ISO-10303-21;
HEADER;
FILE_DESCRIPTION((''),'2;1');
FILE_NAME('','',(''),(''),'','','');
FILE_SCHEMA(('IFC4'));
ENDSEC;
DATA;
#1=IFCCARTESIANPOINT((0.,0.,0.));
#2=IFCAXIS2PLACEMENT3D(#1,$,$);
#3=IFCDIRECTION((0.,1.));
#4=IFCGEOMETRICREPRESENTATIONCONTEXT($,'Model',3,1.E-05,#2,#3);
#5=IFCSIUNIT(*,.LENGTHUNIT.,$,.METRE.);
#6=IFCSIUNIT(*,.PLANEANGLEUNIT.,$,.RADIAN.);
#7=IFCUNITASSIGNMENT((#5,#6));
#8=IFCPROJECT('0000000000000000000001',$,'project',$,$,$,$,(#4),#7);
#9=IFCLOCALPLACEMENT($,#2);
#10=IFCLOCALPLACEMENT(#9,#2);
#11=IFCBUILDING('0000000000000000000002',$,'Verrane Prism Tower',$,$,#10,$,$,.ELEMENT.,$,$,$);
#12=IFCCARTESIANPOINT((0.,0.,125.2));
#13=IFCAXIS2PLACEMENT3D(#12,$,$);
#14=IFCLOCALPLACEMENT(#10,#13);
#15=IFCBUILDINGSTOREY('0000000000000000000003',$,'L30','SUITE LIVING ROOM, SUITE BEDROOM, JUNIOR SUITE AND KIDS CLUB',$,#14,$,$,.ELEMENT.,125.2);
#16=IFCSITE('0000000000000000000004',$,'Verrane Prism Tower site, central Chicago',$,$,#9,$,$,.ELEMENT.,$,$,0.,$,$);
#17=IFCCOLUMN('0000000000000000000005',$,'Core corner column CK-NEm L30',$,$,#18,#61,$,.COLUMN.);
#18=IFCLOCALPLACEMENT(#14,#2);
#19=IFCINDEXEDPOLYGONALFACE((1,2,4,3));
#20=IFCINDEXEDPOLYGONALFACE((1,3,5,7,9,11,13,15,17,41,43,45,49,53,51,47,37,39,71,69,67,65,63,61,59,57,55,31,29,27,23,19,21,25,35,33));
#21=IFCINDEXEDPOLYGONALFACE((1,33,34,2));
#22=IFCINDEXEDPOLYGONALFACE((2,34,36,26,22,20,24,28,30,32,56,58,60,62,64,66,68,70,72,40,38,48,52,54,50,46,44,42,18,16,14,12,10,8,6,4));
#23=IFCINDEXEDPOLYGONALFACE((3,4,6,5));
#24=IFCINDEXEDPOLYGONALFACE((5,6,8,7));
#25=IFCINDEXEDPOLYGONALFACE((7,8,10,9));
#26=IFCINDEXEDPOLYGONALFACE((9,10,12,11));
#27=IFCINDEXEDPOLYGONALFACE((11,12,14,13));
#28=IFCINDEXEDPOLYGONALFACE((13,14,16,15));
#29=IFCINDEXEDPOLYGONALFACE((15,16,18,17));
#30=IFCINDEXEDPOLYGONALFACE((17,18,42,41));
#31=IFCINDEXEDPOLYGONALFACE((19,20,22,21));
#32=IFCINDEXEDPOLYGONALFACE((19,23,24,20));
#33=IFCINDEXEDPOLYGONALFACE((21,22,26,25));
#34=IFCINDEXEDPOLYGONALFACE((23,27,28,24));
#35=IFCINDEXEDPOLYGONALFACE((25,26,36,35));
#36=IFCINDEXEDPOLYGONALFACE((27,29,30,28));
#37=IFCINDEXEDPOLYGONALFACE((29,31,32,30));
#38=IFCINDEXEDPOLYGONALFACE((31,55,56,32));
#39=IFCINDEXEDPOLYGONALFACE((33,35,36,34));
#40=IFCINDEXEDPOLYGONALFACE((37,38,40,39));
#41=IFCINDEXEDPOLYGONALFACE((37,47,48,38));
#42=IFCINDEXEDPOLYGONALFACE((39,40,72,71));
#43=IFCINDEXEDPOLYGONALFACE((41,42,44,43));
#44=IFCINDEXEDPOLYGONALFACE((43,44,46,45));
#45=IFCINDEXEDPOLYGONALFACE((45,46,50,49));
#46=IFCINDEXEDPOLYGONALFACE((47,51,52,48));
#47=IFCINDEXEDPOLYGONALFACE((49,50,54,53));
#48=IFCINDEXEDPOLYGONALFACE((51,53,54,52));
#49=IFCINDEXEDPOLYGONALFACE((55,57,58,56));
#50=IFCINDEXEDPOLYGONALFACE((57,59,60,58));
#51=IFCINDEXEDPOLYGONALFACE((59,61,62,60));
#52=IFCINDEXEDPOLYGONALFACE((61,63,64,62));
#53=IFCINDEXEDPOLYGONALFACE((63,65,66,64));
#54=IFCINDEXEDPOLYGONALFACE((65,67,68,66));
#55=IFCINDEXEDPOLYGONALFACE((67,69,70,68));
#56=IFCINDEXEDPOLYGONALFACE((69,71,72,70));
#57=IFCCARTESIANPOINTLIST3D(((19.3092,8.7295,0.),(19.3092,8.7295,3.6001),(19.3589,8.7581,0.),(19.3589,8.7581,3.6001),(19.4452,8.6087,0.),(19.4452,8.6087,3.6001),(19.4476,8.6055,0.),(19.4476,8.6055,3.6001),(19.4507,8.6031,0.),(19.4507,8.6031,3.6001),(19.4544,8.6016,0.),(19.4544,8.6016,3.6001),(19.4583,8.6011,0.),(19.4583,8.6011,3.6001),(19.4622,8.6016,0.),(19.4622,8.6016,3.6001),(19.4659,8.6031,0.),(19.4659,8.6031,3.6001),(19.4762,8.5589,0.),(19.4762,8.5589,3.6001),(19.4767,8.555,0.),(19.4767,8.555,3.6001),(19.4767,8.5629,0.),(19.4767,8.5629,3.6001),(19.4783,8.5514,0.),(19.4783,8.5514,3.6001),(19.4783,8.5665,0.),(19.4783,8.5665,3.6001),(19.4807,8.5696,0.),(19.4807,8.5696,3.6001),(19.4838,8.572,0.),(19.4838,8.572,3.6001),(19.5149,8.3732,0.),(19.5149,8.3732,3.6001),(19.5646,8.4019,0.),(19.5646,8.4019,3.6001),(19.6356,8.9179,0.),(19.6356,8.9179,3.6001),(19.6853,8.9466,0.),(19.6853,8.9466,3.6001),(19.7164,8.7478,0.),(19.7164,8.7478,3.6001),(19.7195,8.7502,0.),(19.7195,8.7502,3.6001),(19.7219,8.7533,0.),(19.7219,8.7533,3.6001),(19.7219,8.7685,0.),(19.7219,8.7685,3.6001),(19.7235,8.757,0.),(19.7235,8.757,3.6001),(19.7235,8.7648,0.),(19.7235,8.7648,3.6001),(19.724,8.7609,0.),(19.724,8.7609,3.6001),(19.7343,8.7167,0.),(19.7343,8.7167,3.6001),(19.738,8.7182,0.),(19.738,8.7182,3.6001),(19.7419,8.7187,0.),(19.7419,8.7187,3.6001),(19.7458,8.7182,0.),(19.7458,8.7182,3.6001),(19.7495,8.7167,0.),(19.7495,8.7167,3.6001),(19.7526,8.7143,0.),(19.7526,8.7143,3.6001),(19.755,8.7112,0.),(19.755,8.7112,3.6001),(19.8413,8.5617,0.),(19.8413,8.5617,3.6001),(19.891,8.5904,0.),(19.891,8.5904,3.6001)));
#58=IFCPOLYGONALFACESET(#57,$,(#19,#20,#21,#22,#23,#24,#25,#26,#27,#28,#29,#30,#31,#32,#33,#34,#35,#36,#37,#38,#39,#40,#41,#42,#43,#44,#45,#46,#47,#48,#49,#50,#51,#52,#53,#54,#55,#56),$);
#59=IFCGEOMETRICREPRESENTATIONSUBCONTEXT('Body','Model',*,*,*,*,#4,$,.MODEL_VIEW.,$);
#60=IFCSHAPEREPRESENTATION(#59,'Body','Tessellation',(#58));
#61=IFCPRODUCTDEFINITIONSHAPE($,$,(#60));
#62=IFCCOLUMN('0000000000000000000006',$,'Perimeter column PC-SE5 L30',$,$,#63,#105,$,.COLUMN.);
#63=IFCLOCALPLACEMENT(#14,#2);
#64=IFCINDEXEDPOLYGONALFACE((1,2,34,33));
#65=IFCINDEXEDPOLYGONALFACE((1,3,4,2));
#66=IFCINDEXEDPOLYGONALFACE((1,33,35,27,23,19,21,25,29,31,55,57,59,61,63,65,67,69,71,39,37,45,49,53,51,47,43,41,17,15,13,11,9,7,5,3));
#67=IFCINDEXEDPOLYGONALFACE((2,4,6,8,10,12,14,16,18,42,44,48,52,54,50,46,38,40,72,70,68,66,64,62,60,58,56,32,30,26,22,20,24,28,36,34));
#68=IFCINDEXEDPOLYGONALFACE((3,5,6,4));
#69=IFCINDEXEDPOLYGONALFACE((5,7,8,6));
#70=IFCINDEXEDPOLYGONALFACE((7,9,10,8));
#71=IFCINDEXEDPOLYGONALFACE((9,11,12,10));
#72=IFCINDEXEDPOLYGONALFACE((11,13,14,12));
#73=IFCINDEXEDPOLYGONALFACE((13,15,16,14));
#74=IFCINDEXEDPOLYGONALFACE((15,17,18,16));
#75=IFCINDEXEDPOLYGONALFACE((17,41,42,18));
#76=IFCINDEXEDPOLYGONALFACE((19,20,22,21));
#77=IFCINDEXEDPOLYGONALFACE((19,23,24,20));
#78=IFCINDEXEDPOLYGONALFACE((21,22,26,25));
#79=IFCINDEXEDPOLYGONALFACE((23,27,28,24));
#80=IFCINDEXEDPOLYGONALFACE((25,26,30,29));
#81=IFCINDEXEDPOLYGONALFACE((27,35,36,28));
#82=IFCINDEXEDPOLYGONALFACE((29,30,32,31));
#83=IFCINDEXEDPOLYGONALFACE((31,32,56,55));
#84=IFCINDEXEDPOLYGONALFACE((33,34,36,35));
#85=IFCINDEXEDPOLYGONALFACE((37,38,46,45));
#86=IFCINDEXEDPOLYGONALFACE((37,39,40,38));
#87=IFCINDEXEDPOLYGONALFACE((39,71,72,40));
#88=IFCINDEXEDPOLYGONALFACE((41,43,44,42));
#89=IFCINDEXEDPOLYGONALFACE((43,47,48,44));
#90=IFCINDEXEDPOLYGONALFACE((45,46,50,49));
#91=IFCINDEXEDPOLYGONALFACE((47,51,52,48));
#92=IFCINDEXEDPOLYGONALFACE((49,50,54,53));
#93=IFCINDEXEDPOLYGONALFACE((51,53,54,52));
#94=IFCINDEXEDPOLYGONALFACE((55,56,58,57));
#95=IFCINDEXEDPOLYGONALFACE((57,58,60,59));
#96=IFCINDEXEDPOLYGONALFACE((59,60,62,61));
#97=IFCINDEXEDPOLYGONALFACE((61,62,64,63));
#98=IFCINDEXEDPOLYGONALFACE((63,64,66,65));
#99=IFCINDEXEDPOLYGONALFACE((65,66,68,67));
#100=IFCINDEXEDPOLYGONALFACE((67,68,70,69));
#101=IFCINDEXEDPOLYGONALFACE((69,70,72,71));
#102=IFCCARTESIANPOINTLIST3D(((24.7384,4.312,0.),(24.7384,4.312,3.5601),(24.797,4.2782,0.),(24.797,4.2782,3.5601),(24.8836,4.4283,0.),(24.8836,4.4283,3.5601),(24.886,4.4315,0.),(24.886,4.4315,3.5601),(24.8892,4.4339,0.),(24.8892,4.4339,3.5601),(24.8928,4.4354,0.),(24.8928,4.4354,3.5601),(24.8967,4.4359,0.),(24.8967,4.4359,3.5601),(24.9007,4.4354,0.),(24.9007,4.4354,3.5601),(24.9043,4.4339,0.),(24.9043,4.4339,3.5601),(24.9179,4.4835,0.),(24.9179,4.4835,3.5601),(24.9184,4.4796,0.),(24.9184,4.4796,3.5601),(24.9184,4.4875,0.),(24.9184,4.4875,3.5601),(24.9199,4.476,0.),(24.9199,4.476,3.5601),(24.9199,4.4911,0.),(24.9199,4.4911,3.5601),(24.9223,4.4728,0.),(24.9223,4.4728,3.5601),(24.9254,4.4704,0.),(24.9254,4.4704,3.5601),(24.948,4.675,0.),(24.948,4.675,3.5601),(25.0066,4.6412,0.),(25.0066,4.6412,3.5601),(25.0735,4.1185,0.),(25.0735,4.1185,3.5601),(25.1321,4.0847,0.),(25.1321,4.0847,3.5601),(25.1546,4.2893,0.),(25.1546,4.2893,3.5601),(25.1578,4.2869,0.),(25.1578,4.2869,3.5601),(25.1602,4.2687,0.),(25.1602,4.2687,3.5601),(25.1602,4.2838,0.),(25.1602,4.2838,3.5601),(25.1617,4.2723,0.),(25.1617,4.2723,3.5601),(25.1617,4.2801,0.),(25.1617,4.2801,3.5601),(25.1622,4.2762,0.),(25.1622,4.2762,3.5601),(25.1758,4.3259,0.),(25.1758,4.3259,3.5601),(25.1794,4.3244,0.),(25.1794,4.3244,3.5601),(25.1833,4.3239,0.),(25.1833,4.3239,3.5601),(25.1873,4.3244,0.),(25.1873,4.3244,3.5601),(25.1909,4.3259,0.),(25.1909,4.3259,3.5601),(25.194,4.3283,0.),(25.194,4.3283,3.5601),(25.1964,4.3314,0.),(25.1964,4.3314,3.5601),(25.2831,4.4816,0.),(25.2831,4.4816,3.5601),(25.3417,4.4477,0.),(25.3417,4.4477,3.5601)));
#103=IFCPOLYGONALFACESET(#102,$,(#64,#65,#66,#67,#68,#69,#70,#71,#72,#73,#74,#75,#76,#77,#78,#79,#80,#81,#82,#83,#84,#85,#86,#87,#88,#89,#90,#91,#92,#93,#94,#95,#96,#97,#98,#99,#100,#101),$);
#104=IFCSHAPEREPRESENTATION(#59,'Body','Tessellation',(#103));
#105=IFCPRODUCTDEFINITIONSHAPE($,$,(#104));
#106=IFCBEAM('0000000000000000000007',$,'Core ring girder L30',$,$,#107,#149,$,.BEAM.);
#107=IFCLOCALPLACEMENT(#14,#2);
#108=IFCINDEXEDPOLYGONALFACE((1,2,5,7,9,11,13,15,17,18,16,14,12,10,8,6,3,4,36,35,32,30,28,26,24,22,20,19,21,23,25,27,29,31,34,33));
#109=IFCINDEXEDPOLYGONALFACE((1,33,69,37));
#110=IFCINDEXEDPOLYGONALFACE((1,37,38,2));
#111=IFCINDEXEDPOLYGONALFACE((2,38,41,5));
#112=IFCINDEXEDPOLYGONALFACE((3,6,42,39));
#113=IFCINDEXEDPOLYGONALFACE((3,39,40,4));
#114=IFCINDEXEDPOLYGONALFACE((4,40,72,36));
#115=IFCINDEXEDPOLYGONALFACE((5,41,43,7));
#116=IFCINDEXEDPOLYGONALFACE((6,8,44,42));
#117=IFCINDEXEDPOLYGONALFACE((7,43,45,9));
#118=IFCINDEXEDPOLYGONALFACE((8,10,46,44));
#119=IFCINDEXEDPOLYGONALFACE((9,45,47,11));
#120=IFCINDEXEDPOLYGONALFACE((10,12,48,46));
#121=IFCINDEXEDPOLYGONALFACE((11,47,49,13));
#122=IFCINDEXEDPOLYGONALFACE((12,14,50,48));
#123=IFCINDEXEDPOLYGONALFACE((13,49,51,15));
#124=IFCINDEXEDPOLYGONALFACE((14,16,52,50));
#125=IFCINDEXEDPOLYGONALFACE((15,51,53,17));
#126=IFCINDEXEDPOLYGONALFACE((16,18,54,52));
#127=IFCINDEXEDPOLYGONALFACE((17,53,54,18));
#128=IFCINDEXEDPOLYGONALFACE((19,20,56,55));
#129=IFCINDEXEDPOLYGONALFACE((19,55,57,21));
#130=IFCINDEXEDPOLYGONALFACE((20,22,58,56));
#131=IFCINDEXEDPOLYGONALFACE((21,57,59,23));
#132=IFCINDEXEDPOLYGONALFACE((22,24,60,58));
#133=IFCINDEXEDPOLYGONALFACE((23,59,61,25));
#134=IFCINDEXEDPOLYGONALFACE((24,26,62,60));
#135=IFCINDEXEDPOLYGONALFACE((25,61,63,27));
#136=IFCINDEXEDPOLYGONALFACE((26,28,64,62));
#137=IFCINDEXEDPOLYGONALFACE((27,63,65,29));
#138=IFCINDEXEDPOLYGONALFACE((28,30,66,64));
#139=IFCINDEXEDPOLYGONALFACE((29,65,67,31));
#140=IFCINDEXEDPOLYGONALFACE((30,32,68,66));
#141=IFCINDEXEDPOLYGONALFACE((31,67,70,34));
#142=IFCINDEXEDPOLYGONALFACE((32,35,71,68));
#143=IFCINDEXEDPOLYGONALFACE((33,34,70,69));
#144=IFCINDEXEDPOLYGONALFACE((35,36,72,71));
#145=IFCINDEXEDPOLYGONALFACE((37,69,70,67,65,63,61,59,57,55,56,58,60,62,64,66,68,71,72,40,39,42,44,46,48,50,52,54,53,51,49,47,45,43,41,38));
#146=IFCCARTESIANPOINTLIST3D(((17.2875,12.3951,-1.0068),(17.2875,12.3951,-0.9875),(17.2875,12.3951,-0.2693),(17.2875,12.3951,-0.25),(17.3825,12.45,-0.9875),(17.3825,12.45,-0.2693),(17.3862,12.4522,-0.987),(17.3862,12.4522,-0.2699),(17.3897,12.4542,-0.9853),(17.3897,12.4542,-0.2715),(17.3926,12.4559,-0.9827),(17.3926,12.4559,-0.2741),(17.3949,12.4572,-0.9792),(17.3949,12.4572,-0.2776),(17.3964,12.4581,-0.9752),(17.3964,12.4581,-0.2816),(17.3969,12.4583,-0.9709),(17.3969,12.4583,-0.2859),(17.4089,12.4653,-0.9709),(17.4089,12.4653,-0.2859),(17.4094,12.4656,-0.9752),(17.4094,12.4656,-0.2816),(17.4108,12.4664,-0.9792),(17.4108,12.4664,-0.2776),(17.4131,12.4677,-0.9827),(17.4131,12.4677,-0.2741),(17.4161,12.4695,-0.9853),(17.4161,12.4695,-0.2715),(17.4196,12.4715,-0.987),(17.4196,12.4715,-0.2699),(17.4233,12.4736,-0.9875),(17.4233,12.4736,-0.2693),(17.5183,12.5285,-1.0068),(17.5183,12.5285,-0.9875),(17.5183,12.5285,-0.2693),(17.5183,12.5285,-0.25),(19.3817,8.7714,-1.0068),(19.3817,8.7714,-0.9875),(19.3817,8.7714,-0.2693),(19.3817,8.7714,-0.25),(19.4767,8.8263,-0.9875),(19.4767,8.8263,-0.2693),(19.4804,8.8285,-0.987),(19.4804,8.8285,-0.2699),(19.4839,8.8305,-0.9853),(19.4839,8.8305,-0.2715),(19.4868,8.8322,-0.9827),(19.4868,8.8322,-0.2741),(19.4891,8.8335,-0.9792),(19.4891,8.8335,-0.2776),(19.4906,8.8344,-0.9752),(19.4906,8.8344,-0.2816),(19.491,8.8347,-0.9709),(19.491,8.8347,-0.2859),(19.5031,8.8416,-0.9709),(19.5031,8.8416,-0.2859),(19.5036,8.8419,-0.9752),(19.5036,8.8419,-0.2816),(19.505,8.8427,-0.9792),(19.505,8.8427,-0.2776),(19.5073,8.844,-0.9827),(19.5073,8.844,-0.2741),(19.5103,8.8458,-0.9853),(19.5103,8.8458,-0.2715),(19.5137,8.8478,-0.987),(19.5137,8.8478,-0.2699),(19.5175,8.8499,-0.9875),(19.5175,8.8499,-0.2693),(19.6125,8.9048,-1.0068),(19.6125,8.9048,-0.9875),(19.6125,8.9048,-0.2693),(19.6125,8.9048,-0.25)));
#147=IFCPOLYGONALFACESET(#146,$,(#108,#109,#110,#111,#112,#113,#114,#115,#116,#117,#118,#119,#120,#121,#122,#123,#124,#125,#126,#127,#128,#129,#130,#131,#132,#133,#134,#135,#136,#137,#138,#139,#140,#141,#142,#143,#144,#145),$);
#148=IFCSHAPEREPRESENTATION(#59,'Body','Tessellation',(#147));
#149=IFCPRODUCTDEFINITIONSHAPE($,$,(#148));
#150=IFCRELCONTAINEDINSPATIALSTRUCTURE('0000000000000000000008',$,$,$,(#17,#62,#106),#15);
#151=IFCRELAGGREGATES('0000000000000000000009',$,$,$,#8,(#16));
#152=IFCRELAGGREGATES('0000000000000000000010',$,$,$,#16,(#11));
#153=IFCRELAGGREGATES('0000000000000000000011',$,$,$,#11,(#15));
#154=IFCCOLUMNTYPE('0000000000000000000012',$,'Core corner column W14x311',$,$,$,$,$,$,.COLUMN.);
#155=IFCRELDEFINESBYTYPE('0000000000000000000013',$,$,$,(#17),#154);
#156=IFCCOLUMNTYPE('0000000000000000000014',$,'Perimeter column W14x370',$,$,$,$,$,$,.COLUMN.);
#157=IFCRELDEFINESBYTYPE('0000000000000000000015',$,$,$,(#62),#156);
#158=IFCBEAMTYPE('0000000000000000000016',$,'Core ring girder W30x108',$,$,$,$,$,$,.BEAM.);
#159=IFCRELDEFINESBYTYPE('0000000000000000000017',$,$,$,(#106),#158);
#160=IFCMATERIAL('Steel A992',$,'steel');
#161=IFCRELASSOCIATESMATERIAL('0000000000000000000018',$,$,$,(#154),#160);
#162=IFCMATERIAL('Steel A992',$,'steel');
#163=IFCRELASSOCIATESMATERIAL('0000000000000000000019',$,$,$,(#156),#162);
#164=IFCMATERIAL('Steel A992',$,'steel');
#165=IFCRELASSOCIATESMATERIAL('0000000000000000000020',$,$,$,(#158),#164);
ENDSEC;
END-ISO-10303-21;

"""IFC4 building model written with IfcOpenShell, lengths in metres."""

from ifc_helpers import new_model, si_unit, direction, frame, origin, origin_2d, place, context, subcontext, project, spatial, i_section, extrude, material, material_profile, profile_set, type_object, element, save


model = new_model("IFC4")

# Units and contexts
model_context = context("Model", 3, precision=1e-05, world=origin(), true_north=direction((0.0, 1.0)))
body_context = subcontext(model_context, "Body", "Model", "MODEL_VIEW")
ifc_project = project(units=[si_unit("LENGTHUNIT", "METRE"), si_unit("PLANEANGLEUNIT", "RADIAN")], contexts=[model_context])

# Site, building, storey
site_placement = place(None, origin())
site = spatial("IfcSite", under=ifc_project, at=site_placement, Name="Verrane Prism Tower site, central Chicago", CompositionType="ELEMENT", RefElevation=0.0)
building_placement = place(site_placement, origin())
building = spatial("IfcBuilding", under=site, at=building_placement, Name="Verrane Prism Tower", CompositionType="ELEMENT")
storey_placement = place(building_placement, frame((0.0, 0.0, 125.2)))
storey = spatial("IfcBuildingStorey", under=building, at=storey_placement, Name="L30", Description="SUITE LIVING ROOM, SUITE BEDROOM, JUNIOR SUITE AND KIDS CLUB", CompositionType="ELEMENT", Elevation=125.2)

# Columns
ifc_material_1 = material(Name="Steel A992", Category="steel")
ifc_material_profile_1 = material_profile(ifc_material_1, i_section(OverallWidth=0.4114, OverallDepth=0.4343, WebThickness=0.0359, FlangeThickness=0.0574, FilletRadius=0.0151, at=origin_2d()), Name="W14x311")
ifc_profile_set_1 = profile_set([ifc_material_profile_1], Name="Steel A992")
column_type_1 = type_object("IfcColumnType", Name="Core corner column W14x311", PredefinedType="COLUMN", material=ifc_profile_set_1)
column_1_placement = place(storey_placement, frame((19.6001, 8.6599, 0.0), z_axis=(0.0, 0.0, 1.0), x_axis=(0.5, -0.866025, 0.0)))
element("IfcColumn", 1, at=column_1_placement, inside=storey, type_object=column_type_1, Name="Core corner column CK-NEm L30", PredefinedType="COLUMN", context=body_context, shape_type="SweptSolid", body=[
    extrude(i_section(OverallWidth=0.4114, OverallDepth=0.4343, WebThickness=0.0359, FlangeThickness=0.0574, FilletRadius=0.0151, at=origin_2d()), origin(), (0.0, 0.0, 1.0), 3.6001),
])
ifc_material_2 = material(Name="Steel A992", Category="steel")
ifc_material_profile_2 = material_profile(ifc_material_2, i_section(OverallWidth=0.4192, OverallDepth=0.4546, WebThickness=0.0422, FlangeThickness=0.0676, FilletRadius=0.0151, at=origin_2d()), Name="W14x370")
ifc_profile_set_2 = profile_set([ifc_material_profile_2], Name="Steel A992")
column_type_2 = type_object("IfcColumnType", Name="Perimeter column W14x370", PredefinedType="COLUMN", material=ifc_profile_set_2)
column_2_placement = place(storey_placement, frame((25.04, 4.3799, 0.0), z_axis=(0.0, 0.0, 1.0), x_axis=(-0.5, -0.866025, 0.0)))
element("IfcColumn", 2, at=column_2_placement, inside=storey, type_object=column_type_2, Name="Perimeter column PC-SE5 L30", PredefinedType="COLUMN", context=body_context, shape_type="SweptSolid", body=[
    extrude(i_section(OverallWidth=0.4192, OverallDepth=0.4546, WebThickness=0.0422, FlangeThickness=0.0676, FilletRadius=0.0151, at=origin_2d()), origin(), (0.0, 0.0, 1.0), 3.5601),
])

# Beam
ifc_material_3 = material(Name="Steel A992", Category="steel")
ifc_material_profile_3 = material_profile(ifc_material_3, i_section(OverallWidth=0.2666, OverallDepth=0.7568, WebThickness=0.0139, FlangeThickness=0.0193, FilletRadius=0.0166, at=origin_2d()), Name="W30x108")
ifc_profile_set_3 = profile_set([ifc_material_profile_3], Name="Steel A992")
beam_type_1 = type_object("IfcBeamType", Name="Core ring girder W30x108", PredefinedType="BEAM", material=ifc_profile_set_3)
beam_1_placement = place(storey_placement, frame((19.4971, 8.8381, -0.6284), z_axis=(-0.500367, 0.865813, 0.0), x_axis=(-0.865813, -0.500367, 0.0)))
element("IfcBeam", 3, at=beam_1_placement, inside=storey, type_object=beam_type_1, Name="Core ring girder L30", PredefinedType="BEAM", context=body_context, shape_type="SweptSolid", body=[
    extrude(i_section(OverallWidth=0.2666, OverallDepth=0.7568, WebThickness=0.0139, FlangeThickness=0.0193, FilletRadius=0.0166, at=origin_2d()), origin(), (0.0, 0.0, 1.0), 4.1853),
])

save(model, "model.ifc")
